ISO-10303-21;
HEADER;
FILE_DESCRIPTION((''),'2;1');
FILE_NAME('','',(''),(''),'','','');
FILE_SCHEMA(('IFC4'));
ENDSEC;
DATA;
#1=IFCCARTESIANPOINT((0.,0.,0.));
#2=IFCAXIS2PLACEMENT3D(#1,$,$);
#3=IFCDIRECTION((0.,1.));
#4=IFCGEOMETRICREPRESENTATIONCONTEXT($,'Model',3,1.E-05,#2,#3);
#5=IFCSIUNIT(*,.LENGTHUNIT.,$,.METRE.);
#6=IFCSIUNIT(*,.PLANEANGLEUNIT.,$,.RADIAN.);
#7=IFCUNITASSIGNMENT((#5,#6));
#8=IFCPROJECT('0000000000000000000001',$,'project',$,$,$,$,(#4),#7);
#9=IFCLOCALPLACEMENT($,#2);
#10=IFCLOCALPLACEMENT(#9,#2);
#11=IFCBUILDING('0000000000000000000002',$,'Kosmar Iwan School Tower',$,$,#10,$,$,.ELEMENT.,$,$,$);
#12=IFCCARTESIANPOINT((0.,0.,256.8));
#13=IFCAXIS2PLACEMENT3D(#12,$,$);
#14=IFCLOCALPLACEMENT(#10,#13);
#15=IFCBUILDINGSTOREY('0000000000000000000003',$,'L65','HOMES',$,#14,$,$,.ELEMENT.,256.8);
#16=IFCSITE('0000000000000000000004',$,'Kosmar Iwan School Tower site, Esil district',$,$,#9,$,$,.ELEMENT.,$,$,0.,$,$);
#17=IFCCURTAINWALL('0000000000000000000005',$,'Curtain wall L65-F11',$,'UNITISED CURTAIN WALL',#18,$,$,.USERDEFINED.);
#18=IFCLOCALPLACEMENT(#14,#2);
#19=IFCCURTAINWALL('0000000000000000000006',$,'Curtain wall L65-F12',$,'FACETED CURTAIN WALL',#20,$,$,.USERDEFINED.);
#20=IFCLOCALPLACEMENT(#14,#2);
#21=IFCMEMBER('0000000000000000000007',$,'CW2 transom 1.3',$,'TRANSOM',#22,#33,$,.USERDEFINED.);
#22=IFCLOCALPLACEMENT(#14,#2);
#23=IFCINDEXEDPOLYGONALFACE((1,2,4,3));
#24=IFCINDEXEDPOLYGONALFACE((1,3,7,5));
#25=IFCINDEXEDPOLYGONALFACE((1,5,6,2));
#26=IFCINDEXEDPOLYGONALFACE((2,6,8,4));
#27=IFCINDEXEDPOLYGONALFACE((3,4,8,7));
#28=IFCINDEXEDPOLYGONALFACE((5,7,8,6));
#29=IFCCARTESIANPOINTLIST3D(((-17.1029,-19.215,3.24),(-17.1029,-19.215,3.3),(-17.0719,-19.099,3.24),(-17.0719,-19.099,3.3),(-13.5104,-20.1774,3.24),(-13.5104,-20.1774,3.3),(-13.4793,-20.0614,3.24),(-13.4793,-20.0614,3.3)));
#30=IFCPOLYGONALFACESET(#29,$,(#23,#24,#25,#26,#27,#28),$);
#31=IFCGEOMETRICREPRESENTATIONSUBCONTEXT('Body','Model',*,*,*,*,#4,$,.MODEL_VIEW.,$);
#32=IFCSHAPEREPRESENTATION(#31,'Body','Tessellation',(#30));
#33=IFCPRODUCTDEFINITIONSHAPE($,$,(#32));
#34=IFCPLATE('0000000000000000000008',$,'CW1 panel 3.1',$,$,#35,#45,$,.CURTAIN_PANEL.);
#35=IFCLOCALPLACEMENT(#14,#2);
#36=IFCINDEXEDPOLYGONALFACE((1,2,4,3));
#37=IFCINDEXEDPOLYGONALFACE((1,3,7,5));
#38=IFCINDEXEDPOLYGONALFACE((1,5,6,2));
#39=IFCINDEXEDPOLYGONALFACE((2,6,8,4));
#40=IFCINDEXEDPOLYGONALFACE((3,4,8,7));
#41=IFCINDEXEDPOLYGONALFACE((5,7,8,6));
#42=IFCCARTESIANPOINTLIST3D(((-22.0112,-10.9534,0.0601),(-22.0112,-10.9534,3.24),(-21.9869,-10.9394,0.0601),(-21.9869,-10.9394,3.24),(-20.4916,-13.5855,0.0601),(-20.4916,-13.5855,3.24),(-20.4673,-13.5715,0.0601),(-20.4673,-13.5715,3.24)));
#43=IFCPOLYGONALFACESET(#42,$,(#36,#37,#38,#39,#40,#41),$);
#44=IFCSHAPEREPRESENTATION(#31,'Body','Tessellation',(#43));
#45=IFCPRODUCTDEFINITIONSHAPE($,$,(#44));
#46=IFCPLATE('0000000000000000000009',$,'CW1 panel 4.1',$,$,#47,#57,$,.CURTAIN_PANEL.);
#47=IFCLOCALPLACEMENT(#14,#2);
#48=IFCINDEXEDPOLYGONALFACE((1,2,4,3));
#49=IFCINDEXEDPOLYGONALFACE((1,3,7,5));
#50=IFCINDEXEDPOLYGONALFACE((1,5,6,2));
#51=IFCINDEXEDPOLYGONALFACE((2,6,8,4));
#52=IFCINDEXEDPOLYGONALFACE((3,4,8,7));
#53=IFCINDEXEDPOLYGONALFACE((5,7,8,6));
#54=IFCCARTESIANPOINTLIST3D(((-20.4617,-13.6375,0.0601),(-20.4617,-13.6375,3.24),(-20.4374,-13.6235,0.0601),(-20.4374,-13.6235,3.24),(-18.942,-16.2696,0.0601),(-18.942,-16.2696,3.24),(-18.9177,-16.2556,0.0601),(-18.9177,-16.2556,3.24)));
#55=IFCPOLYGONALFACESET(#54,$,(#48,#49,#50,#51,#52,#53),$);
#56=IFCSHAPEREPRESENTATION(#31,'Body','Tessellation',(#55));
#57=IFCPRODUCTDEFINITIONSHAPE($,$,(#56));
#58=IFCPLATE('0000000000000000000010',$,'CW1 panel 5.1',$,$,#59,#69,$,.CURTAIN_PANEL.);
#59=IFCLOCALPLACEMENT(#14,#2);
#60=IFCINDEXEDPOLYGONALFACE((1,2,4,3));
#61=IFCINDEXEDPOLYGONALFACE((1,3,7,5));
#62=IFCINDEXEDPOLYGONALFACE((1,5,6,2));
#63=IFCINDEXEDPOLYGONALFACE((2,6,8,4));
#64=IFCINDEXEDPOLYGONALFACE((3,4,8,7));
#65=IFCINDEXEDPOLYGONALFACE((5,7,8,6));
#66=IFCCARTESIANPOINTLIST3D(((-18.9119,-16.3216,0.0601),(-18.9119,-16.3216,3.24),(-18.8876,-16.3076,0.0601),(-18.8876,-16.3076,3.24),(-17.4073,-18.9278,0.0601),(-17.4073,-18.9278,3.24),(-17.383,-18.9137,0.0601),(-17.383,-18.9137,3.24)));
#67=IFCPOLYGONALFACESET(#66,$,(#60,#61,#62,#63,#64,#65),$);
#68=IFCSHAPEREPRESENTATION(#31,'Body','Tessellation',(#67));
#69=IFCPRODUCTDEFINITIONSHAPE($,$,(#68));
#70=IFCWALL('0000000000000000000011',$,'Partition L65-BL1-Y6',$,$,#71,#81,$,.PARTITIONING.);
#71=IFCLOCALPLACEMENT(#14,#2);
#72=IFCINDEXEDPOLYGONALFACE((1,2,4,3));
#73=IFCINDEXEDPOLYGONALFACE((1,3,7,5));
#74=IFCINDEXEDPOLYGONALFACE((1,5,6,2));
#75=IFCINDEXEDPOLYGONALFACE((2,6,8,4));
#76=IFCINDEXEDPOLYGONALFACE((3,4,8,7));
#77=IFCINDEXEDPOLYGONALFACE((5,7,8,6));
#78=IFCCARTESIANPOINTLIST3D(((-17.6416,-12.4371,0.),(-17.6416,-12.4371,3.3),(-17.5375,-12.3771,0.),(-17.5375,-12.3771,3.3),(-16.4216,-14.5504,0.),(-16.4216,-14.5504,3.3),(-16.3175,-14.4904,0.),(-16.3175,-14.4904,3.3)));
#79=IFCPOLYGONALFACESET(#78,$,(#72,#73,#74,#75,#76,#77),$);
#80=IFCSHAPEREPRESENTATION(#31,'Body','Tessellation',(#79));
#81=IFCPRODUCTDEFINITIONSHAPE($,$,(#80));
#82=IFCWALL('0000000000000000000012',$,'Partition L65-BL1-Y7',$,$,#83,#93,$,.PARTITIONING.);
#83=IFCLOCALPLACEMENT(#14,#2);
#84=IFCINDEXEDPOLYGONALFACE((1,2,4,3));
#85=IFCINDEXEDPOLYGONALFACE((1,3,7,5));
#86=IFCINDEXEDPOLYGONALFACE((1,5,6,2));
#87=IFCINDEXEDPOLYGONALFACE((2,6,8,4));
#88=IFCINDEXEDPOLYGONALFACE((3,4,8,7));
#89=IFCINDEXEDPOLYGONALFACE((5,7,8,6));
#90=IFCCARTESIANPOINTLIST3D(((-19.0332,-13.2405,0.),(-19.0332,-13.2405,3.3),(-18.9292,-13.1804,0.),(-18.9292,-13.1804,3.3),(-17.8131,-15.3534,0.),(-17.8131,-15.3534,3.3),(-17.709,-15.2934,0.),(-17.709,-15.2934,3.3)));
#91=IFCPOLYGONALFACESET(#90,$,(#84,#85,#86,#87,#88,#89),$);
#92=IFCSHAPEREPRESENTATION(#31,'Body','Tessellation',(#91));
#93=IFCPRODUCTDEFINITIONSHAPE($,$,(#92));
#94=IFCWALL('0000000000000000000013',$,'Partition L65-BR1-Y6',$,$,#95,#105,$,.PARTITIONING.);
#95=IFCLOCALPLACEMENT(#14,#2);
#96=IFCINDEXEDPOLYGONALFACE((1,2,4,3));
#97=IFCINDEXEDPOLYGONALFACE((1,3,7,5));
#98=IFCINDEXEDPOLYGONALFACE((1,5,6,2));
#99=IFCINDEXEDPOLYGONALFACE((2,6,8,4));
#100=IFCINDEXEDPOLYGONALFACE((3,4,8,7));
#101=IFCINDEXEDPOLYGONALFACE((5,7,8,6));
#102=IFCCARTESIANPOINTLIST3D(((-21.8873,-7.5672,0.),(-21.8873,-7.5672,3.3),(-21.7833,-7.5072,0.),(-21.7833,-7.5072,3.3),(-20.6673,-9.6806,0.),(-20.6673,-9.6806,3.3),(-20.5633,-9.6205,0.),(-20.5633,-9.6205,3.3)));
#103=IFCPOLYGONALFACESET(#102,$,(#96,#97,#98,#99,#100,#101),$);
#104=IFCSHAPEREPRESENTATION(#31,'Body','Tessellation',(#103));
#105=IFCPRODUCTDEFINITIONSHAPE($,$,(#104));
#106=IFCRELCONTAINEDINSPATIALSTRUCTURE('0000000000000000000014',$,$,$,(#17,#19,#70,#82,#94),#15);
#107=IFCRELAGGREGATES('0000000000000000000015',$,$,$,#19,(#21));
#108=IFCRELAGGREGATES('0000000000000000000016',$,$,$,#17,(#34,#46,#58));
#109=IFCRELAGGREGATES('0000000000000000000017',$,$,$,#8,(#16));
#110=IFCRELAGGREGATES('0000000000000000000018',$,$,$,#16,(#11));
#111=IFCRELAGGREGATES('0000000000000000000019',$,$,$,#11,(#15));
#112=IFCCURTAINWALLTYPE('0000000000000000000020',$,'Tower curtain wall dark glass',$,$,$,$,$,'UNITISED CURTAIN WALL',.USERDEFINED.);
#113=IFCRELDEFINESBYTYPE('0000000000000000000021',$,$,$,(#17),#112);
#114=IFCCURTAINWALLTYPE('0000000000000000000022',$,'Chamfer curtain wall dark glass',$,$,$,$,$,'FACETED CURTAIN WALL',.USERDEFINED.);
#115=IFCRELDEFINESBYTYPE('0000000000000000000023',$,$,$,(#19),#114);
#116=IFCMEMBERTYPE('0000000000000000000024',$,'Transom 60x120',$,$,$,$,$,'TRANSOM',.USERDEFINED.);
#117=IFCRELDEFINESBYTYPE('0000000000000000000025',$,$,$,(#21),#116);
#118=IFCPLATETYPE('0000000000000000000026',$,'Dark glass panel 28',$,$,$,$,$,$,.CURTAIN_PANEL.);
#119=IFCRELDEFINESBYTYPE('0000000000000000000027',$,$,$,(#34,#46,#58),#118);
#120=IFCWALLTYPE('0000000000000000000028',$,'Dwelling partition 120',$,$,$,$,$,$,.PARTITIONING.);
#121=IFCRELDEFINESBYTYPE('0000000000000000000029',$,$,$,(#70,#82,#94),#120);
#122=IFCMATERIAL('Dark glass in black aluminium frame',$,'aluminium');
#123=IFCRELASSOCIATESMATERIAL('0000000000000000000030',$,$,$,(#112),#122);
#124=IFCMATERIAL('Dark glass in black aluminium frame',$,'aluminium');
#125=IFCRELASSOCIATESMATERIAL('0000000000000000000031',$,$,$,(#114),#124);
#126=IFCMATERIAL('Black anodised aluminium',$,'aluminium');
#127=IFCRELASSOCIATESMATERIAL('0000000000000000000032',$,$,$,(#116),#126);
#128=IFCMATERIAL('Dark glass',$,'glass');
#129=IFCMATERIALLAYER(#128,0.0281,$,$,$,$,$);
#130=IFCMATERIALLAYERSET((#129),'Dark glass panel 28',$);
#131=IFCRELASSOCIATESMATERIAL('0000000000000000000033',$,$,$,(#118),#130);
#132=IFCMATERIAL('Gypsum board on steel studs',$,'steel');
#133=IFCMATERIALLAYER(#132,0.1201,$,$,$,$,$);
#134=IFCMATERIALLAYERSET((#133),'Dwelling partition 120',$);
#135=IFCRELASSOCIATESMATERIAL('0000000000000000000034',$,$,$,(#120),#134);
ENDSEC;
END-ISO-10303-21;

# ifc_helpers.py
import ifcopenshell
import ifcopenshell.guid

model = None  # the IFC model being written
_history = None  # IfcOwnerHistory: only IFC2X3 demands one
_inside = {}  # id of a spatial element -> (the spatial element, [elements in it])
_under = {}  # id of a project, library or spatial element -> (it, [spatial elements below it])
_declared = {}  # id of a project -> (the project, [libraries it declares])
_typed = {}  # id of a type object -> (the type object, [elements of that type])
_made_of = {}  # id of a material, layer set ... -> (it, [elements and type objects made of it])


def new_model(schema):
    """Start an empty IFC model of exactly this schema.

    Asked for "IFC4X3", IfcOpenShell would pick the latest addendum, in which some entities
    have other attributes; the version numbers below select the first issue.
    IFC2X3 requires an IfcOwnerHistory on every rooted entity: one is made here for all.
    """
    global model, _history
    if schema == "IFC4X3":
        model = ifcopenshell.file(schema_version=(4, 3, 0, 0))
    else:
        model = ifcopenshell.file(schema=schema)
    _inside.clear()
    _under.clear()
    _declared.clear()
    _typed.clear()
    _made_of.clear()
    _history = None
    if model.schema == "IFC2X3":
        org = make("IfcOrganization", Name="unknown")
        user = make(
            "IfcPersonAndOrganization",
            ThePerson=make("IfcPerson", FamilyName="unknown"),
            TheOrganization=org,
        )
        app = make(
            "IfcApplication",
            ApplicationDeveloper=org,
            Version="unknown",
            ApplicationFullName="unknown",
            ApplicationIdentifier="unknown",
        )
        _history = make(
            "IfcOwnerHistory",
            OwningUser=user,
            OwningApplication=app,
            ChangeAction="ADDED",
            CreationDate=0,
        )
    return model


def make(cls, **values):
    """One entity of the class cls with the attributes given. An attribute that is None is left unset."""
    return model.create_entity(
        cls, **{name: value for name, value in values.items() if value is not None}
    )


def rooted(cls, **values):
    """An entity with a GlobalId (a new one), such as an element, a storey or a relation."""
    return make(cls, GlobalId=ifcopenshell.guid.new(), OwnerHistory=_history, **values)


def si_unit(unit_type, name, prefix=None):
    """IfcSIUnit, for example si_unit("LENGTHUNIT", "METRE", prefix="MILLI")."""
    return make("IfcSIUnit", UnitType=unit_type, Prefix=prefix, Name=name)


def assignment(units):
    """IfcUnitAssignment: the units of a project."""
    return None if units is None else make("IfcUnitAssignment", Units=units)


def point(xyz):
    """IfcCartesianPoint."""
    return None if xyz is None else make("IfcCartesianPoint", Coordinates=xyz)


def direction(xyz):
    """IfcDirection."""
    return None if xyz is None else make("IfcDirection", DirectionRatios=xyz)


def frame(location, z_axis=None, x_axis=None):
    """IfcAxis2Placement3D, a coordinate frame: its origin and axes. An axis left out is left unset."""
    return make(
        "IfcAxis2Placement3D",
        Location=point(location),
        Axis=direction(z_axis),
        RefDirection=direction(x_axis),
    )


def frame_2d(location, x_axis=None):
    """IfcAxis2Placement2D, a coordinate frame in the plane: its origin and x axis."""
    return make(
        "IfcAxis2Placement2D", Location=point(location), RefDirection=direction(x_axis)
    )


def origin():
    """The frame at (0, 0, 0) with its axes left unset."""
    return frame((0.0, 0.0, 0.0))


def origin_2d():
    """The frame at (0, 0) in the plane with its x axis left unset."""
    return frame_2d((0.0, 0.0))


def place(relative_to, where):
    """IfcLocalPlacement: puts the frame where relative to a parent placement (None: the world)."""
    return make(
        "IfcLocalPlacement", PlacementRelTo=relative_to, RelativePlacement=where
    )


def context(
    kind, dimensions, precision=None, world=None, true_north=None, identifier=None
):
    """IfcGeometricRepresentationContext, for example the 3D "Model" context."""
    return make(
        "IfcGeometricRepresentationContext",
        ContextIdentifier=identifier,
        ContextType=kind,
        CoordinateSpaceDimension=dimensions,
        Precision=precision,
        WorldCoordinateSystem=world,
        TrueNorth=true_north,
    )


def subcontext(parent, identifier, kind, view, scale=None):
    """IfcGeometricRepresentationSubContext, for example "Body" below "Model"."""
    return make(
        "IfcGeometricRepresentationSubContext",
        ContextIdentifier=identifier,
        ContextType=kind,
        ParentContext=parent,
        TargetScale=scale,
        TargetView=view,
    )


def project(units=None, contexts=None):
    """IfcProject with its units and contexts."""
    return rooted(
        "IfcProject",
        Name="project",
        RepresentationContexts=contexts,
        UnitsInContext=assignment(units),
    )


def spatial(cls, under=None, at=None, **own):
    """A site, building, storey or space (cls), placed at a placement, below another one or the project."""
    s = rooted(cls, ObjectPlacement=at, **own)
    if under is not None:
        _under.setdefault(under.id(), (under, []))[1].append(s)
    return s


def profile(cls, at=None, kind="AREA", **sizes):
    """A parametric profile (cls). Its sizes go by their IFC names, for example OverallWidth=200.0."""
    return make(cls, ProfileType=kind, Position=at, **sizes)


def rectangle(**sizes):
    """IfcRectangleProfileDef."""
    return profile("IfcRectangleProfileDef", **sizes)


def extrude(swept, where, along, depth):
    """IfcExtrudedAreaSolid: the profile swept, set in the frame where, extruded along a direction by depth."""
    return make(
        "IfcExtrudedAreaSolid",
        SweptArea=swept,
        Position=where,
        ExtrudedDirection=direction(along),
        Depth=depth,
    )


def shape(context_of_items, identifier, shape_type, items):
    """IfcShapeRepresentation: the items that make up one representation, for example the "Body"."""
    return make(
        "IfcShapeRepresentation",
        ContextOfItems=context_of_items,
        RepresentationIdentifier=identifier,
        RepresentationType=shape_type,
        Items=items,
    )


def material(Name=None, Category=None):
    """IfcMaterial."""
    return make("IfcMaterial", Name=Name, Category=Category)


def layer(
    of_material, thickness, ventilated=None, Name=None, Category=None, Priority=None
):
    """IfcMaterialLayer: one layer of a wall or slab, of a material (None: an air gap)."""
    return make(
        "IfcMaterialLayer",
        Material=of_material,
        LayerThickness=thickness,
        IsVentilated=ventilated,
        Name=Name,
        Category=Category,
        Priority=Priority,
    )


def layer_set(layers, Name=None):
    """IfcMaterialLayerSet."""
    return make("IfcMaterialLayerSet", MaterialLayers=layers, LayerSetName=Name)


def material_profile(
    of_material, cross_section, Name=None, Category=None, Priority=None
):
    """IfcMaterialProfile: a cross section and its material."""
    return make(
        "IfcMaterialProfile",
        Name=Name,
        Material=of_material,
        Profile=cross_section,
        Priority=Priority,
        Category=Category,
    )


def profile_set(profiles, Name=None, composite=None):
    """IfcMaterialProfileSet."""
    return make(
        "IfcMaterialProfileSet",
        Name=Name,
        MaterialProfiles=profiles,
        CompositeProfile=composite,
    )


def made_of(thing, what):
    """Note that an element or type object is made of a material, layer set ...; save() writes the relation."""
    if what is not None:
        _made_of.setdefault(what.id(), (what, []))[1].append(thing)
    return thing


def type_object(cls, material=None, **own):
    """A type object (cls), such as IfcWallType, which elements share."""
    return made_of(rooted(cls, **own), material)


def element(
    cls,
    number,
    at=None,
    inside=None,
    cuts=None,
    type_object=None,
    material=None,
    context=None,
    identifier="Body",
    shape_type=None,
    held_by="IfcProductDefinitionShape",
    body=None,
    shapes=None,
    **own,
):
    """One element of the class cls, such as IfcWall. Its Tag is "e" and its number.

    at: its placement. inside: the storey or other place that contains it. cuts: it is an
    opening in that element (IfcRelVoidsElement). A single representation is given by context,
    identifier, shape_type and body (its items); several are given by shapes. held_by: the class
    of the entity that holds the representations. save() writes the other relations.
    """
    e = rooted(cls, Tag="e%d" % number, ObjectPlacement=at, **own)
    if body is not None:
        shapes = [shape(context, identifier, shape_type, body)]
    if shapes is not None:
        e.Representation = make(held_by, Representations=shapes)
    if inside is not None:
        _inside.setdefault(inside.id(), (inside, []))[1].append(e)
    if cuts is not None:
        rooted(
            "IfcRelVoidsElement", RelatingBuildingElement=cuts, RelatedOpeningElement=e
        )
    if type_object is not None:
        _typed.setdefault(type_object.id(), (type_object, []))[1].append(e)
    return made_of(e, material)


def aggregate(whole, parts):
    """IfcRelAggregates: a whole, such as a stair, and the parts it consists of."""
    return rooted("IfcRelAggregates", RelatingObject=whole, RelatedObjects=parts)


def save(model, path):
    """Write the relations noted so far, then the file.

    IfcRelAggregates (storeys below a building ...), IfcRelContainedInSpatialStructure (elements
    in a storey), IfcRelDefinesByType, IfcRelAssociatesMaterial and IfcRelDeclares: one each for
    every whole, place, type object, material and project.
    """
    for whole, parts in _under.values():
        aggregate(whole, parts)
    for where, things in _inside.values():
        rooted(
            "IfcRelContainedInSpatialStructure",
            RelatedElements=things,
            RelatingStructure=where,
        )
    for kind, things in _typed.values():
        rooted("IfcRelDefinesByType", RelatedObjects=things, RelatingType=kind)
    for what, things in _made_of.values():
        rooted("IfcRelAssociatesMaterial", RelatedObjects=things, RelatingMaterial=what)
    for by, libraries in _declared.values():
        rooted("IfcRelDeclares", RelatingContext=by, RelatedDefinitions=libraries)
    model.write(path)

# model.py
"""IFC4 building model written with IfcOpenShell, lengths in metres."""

from ifc_helpers import new_model, si_unit, direction, frame, frame_2d, origin, origin_2d, place, context, subcontext, project, spatial, rectangle, extrude, material, layer, layer_set, material_profile, profile_set, type_object, element, aggregate, save


model = new_model("IFC4")

# Units and contexts
model_context = context("Model", 3, precision=1e-05, world=origin(), true_north=direction((0.0, 1.0)))
body_context = subcontext(model_context, "Body", "Model", "MODEL_VIEW")
ifc_project = project(units=[si_unit("LENGTHUNIT", "METRE"), si_unit("PLANEANGLEUNIT", "RADIAN")], contexts=[model_context])

# Site, building, storey
site_placement = place(None, origin())
site = spatial("IfcSite", under=ifc_project, at=site_placement, Name="Kosmar Iwan School Tower site, Esil district", CompositionType="ELEMENT", RefElevation=0.0)
building_placement = place(site_placement, origin())
building = spatial("IfcBuilding", under=site, at=building_placement, Name="Kosmar Iwan School Tower", CompositionType="ELEMENT")
storey_placement = place(building_placement, frame((0.0, 0.0, 256.8)))
storey = spatial("IfcBuildingStorey", under=building, at=storey_placement, Name="L65", Description="HOMES", CompositionType="ELEMENT", Elevation=256.8)

# Curtain wall
ifc_material_1 = material(Name="Dark glass in black aluminium frame", Category="aluminium")
curtain_wall_type_1 = type_object("IfcCurtainWallType", Name="Tower curtain wall dark glass", ElementType="UNITISED CURTAIN WALL", PredefinedType="USERDEFINED", material=ifc_material_1)
curtain_wall_1_placement = place(storey_placement, origin())
curtain_wall_1 = element("IfcCurtainWall", 1, at=curtain_wall_1_placement, inside=storey, type_object=curtain_wall_type_1, Name="Curtain wall L65-F11", ObjectType="UNITISED CURTAIN WALL", PredefinedType="USERDEFINED")

# Curtain wall
ifc_material_2 = material(Name="Dark glass in black aluminium frame", Category="aluminium")
curtain_wall_type_2 = type_object("IfcCurtainWallType", Name="Chamfer curtain wall dark glass", ElementType="FACETED CURTAIN WALL", PredefinedType="USERDEFINED", material=ifc_material_2)
curtain_wall_2_placement = place(storey_placement, origin())
curtain_wall_2 = element("IfcCurtainWall", 2, at=curtain_wall_2_placement, inside=storey, type_object=curtain_wall_type_2, Name="Curtain wall L65-F12", ObjectType="FACETED CURTAIN WALL", PredefinedType="USERDEFINED")

# Member
ifc_material_3 = material(Name="Black anodised aluminium", Category="aluminium")
ifc_material_profile_1 = material_profile(ifc_material_3, rectangle(XDim=0.1201, YDim=0.0601, at=origin_2d()), Name="TRANSOM 60x120")
ifc_profile_set_1 = profile_set([ifc_material_profile_1], Name="Black anodised aluminium")
member_type_1 = type_object("IfcMemberType", Name="Transom 60x120", ElementType="TRANSOM", PredefinedType="USERDEFINED", material=ifc_profile_set_1)
member_1_placement = place(storey_placement, frame((-17.0874, -19.157, 3.27), z_axis=(0.96594, -0.258766, 0.0), x_axis=(0.258766, 0.96594, 0.0)))
member_1 = element("IfcMember", 3, at=member_1_placement, type_object=member_type_1, Name="CW2 transom 1.3", ObjectType="TRANSOM", PredefinedType="USERDEFINED", context=body_context, shape_type="SweptSolid", body=[
    extrude(rectangle(XDim=0.1201, YDim=0.0601, at=origin_2d()), origin(), (0.0, 0.0, 1.0), 3.7192),
])
aggregate(curtain_wall_2, [member_1])

# Plates
ifc_material_4 = material(Name="Dark glass", Category="glass")
ifc_layer_1 = layer(ifc_material_4, 0.0281)
ifc_layer_set_1 = layer_set([ifc_layer_1], Name="Dark glass panel 28")
plate_type = type_object("IfcPlateType", Name="Dark glass panel 28", PredefinedType="CURTAIN_PANEL", material=ifc_layer_set_1)
plate_1_placement = place(storey_placement, frame((-21.2393, -12.2625, 0.0601), z_axis=(0.0, 0.0, 1.0), x_axis=(0.5, -0.866025, 0.0)))
plate_1 = element("IfcPlate", 4, at=plate_1_placement, type_object=plate_type, Name="CW1 panel 3.1", PredefinedType="CURTAIN_PANEL", context=body_context, shape_type="SweptSolid", body=[
    extrude(rectangle(XDim=3.0393, YDim=0.0281, at=origin_2d()), origin(), (0.0, 0.0, 1.0), 3.1799),
])
plate_2_placement = place(storey_placement, frame((-19.6897, -14.9465, 0.0601), z_axis=(0.0, 0.0, 1.0), x_axis=(0.5, -0.866025, 0.0)))
plate_2 = element("IfcPlate", 5, at=plate_2_placement, type_object=plate_type, Name="CW1 panel 4.1", PredefinedType="CURTAIN_PANEL", context=body_context, shape_type="SweptSolid", body=[
    extrude(rectangle(XDim=3.0393, YDim=0.0281, at=origin_2d()), origin(), (0.0, 0.0, 1.0), 3.1799),
])
plate_3_placement = place(storey_placement, frame((-18.1475, -17.6177, 0.0601), z_axis=(0.0, 0.0, 1.0), x_axis=(0.5, -0.866025, 0.0)))
plate_3 = element("IfcPlate", 6, at=plate_3_placement, type_object=plate_type, Name="CW1 panel 5.1", PredefinedType="CURTAIN_PANEL", context=body_context, shape_type="SweptSolid", body=[
    extrude(rectangle(XDim=3.0093, YDim=0.0281, at=origin_2d()), origin(), (0.0, 0.0, 1.0), 3.1799),
])
aggregate(curtain_wall_1, [plate_1, plate_2, plate_3])

# Walls
ifc_material_5 = material(Name="Gypsum board on steel studs", Category="steel")
ifc_layer_2 = layer(ifc_material_5, 0.1201)
ifc_layer_set_2 = layer_set([ifc_layer_2], Name="Dwelling partition 120")
wall_type = type_object("IfcWallType", Name="Dwelling partition 120", PredefinedType="PARTITIONING", material=ifc_layer_set_2)
wall_1_placement = place(storey_placement, frame((-17.5896, -12.407, 0.0), z_axis=(0.0, 0.0, 1.0), x_axis=(0.499959, -0.866049, 0.0)))
element("IfcWall", 7, at=wall_1_placement, inside=storey, type_object=wall_type, Name="Partition L65-BL1-Y6", PredefinedType="PARTITIONING", context=body_context, shape_type="SweptSolid", body=[
    extrude(rectangle(XDim=2.4402, YDim=0.1201, at=frame_2d((1.2202, 0.0))), origin(), (0.0, 0.0, 1.0), 3.3),
])
wall_2_placement = place(storey_placement, frame((-18.9812, -13.2104, 0.0), z_axis=(0.0, 0.0, 1.0), x_axis=(0.500078, -0.865981, 0.0)))
element("IfcWall", 8, at=wall_2_placement, inside=storey, type_object=wall_type, Name="Partition L65-BL1-Y7", PredefinedType="PARTITIONING", context=body_context, shape_type="SweptSolid", body=[
    extrude(rectangle(XDim=2.4399, YDim=0.1201, at=frame_2d((1.22, 0.0))), origin(), (0.0, 0.0, 1.0), 3.3),
])
wall_3_placement = place(storey_placement, frame((-20.6152, -9.6506, 0.0), z_axis=(0.0, 0.0, 1.0), x_axis=(-0.499959, 0.866049, 0.0)))
element("IfcWall", 9, at=wall_3_placement, inside=storey, type_object=wall_type, Name="Partition L65-BR1-Y6", PredefinedType="PARTITIONING", context=body_context, shape_type="SweptSolid", body=[
    extrude(rectangle(XDim=2.4402, YDim=0.1201, at=frame_2d((1.2202, 0.0))), origin(), (0.0, 0.0, 1.0), 3.3),
])

save(model, "model.ifc")
